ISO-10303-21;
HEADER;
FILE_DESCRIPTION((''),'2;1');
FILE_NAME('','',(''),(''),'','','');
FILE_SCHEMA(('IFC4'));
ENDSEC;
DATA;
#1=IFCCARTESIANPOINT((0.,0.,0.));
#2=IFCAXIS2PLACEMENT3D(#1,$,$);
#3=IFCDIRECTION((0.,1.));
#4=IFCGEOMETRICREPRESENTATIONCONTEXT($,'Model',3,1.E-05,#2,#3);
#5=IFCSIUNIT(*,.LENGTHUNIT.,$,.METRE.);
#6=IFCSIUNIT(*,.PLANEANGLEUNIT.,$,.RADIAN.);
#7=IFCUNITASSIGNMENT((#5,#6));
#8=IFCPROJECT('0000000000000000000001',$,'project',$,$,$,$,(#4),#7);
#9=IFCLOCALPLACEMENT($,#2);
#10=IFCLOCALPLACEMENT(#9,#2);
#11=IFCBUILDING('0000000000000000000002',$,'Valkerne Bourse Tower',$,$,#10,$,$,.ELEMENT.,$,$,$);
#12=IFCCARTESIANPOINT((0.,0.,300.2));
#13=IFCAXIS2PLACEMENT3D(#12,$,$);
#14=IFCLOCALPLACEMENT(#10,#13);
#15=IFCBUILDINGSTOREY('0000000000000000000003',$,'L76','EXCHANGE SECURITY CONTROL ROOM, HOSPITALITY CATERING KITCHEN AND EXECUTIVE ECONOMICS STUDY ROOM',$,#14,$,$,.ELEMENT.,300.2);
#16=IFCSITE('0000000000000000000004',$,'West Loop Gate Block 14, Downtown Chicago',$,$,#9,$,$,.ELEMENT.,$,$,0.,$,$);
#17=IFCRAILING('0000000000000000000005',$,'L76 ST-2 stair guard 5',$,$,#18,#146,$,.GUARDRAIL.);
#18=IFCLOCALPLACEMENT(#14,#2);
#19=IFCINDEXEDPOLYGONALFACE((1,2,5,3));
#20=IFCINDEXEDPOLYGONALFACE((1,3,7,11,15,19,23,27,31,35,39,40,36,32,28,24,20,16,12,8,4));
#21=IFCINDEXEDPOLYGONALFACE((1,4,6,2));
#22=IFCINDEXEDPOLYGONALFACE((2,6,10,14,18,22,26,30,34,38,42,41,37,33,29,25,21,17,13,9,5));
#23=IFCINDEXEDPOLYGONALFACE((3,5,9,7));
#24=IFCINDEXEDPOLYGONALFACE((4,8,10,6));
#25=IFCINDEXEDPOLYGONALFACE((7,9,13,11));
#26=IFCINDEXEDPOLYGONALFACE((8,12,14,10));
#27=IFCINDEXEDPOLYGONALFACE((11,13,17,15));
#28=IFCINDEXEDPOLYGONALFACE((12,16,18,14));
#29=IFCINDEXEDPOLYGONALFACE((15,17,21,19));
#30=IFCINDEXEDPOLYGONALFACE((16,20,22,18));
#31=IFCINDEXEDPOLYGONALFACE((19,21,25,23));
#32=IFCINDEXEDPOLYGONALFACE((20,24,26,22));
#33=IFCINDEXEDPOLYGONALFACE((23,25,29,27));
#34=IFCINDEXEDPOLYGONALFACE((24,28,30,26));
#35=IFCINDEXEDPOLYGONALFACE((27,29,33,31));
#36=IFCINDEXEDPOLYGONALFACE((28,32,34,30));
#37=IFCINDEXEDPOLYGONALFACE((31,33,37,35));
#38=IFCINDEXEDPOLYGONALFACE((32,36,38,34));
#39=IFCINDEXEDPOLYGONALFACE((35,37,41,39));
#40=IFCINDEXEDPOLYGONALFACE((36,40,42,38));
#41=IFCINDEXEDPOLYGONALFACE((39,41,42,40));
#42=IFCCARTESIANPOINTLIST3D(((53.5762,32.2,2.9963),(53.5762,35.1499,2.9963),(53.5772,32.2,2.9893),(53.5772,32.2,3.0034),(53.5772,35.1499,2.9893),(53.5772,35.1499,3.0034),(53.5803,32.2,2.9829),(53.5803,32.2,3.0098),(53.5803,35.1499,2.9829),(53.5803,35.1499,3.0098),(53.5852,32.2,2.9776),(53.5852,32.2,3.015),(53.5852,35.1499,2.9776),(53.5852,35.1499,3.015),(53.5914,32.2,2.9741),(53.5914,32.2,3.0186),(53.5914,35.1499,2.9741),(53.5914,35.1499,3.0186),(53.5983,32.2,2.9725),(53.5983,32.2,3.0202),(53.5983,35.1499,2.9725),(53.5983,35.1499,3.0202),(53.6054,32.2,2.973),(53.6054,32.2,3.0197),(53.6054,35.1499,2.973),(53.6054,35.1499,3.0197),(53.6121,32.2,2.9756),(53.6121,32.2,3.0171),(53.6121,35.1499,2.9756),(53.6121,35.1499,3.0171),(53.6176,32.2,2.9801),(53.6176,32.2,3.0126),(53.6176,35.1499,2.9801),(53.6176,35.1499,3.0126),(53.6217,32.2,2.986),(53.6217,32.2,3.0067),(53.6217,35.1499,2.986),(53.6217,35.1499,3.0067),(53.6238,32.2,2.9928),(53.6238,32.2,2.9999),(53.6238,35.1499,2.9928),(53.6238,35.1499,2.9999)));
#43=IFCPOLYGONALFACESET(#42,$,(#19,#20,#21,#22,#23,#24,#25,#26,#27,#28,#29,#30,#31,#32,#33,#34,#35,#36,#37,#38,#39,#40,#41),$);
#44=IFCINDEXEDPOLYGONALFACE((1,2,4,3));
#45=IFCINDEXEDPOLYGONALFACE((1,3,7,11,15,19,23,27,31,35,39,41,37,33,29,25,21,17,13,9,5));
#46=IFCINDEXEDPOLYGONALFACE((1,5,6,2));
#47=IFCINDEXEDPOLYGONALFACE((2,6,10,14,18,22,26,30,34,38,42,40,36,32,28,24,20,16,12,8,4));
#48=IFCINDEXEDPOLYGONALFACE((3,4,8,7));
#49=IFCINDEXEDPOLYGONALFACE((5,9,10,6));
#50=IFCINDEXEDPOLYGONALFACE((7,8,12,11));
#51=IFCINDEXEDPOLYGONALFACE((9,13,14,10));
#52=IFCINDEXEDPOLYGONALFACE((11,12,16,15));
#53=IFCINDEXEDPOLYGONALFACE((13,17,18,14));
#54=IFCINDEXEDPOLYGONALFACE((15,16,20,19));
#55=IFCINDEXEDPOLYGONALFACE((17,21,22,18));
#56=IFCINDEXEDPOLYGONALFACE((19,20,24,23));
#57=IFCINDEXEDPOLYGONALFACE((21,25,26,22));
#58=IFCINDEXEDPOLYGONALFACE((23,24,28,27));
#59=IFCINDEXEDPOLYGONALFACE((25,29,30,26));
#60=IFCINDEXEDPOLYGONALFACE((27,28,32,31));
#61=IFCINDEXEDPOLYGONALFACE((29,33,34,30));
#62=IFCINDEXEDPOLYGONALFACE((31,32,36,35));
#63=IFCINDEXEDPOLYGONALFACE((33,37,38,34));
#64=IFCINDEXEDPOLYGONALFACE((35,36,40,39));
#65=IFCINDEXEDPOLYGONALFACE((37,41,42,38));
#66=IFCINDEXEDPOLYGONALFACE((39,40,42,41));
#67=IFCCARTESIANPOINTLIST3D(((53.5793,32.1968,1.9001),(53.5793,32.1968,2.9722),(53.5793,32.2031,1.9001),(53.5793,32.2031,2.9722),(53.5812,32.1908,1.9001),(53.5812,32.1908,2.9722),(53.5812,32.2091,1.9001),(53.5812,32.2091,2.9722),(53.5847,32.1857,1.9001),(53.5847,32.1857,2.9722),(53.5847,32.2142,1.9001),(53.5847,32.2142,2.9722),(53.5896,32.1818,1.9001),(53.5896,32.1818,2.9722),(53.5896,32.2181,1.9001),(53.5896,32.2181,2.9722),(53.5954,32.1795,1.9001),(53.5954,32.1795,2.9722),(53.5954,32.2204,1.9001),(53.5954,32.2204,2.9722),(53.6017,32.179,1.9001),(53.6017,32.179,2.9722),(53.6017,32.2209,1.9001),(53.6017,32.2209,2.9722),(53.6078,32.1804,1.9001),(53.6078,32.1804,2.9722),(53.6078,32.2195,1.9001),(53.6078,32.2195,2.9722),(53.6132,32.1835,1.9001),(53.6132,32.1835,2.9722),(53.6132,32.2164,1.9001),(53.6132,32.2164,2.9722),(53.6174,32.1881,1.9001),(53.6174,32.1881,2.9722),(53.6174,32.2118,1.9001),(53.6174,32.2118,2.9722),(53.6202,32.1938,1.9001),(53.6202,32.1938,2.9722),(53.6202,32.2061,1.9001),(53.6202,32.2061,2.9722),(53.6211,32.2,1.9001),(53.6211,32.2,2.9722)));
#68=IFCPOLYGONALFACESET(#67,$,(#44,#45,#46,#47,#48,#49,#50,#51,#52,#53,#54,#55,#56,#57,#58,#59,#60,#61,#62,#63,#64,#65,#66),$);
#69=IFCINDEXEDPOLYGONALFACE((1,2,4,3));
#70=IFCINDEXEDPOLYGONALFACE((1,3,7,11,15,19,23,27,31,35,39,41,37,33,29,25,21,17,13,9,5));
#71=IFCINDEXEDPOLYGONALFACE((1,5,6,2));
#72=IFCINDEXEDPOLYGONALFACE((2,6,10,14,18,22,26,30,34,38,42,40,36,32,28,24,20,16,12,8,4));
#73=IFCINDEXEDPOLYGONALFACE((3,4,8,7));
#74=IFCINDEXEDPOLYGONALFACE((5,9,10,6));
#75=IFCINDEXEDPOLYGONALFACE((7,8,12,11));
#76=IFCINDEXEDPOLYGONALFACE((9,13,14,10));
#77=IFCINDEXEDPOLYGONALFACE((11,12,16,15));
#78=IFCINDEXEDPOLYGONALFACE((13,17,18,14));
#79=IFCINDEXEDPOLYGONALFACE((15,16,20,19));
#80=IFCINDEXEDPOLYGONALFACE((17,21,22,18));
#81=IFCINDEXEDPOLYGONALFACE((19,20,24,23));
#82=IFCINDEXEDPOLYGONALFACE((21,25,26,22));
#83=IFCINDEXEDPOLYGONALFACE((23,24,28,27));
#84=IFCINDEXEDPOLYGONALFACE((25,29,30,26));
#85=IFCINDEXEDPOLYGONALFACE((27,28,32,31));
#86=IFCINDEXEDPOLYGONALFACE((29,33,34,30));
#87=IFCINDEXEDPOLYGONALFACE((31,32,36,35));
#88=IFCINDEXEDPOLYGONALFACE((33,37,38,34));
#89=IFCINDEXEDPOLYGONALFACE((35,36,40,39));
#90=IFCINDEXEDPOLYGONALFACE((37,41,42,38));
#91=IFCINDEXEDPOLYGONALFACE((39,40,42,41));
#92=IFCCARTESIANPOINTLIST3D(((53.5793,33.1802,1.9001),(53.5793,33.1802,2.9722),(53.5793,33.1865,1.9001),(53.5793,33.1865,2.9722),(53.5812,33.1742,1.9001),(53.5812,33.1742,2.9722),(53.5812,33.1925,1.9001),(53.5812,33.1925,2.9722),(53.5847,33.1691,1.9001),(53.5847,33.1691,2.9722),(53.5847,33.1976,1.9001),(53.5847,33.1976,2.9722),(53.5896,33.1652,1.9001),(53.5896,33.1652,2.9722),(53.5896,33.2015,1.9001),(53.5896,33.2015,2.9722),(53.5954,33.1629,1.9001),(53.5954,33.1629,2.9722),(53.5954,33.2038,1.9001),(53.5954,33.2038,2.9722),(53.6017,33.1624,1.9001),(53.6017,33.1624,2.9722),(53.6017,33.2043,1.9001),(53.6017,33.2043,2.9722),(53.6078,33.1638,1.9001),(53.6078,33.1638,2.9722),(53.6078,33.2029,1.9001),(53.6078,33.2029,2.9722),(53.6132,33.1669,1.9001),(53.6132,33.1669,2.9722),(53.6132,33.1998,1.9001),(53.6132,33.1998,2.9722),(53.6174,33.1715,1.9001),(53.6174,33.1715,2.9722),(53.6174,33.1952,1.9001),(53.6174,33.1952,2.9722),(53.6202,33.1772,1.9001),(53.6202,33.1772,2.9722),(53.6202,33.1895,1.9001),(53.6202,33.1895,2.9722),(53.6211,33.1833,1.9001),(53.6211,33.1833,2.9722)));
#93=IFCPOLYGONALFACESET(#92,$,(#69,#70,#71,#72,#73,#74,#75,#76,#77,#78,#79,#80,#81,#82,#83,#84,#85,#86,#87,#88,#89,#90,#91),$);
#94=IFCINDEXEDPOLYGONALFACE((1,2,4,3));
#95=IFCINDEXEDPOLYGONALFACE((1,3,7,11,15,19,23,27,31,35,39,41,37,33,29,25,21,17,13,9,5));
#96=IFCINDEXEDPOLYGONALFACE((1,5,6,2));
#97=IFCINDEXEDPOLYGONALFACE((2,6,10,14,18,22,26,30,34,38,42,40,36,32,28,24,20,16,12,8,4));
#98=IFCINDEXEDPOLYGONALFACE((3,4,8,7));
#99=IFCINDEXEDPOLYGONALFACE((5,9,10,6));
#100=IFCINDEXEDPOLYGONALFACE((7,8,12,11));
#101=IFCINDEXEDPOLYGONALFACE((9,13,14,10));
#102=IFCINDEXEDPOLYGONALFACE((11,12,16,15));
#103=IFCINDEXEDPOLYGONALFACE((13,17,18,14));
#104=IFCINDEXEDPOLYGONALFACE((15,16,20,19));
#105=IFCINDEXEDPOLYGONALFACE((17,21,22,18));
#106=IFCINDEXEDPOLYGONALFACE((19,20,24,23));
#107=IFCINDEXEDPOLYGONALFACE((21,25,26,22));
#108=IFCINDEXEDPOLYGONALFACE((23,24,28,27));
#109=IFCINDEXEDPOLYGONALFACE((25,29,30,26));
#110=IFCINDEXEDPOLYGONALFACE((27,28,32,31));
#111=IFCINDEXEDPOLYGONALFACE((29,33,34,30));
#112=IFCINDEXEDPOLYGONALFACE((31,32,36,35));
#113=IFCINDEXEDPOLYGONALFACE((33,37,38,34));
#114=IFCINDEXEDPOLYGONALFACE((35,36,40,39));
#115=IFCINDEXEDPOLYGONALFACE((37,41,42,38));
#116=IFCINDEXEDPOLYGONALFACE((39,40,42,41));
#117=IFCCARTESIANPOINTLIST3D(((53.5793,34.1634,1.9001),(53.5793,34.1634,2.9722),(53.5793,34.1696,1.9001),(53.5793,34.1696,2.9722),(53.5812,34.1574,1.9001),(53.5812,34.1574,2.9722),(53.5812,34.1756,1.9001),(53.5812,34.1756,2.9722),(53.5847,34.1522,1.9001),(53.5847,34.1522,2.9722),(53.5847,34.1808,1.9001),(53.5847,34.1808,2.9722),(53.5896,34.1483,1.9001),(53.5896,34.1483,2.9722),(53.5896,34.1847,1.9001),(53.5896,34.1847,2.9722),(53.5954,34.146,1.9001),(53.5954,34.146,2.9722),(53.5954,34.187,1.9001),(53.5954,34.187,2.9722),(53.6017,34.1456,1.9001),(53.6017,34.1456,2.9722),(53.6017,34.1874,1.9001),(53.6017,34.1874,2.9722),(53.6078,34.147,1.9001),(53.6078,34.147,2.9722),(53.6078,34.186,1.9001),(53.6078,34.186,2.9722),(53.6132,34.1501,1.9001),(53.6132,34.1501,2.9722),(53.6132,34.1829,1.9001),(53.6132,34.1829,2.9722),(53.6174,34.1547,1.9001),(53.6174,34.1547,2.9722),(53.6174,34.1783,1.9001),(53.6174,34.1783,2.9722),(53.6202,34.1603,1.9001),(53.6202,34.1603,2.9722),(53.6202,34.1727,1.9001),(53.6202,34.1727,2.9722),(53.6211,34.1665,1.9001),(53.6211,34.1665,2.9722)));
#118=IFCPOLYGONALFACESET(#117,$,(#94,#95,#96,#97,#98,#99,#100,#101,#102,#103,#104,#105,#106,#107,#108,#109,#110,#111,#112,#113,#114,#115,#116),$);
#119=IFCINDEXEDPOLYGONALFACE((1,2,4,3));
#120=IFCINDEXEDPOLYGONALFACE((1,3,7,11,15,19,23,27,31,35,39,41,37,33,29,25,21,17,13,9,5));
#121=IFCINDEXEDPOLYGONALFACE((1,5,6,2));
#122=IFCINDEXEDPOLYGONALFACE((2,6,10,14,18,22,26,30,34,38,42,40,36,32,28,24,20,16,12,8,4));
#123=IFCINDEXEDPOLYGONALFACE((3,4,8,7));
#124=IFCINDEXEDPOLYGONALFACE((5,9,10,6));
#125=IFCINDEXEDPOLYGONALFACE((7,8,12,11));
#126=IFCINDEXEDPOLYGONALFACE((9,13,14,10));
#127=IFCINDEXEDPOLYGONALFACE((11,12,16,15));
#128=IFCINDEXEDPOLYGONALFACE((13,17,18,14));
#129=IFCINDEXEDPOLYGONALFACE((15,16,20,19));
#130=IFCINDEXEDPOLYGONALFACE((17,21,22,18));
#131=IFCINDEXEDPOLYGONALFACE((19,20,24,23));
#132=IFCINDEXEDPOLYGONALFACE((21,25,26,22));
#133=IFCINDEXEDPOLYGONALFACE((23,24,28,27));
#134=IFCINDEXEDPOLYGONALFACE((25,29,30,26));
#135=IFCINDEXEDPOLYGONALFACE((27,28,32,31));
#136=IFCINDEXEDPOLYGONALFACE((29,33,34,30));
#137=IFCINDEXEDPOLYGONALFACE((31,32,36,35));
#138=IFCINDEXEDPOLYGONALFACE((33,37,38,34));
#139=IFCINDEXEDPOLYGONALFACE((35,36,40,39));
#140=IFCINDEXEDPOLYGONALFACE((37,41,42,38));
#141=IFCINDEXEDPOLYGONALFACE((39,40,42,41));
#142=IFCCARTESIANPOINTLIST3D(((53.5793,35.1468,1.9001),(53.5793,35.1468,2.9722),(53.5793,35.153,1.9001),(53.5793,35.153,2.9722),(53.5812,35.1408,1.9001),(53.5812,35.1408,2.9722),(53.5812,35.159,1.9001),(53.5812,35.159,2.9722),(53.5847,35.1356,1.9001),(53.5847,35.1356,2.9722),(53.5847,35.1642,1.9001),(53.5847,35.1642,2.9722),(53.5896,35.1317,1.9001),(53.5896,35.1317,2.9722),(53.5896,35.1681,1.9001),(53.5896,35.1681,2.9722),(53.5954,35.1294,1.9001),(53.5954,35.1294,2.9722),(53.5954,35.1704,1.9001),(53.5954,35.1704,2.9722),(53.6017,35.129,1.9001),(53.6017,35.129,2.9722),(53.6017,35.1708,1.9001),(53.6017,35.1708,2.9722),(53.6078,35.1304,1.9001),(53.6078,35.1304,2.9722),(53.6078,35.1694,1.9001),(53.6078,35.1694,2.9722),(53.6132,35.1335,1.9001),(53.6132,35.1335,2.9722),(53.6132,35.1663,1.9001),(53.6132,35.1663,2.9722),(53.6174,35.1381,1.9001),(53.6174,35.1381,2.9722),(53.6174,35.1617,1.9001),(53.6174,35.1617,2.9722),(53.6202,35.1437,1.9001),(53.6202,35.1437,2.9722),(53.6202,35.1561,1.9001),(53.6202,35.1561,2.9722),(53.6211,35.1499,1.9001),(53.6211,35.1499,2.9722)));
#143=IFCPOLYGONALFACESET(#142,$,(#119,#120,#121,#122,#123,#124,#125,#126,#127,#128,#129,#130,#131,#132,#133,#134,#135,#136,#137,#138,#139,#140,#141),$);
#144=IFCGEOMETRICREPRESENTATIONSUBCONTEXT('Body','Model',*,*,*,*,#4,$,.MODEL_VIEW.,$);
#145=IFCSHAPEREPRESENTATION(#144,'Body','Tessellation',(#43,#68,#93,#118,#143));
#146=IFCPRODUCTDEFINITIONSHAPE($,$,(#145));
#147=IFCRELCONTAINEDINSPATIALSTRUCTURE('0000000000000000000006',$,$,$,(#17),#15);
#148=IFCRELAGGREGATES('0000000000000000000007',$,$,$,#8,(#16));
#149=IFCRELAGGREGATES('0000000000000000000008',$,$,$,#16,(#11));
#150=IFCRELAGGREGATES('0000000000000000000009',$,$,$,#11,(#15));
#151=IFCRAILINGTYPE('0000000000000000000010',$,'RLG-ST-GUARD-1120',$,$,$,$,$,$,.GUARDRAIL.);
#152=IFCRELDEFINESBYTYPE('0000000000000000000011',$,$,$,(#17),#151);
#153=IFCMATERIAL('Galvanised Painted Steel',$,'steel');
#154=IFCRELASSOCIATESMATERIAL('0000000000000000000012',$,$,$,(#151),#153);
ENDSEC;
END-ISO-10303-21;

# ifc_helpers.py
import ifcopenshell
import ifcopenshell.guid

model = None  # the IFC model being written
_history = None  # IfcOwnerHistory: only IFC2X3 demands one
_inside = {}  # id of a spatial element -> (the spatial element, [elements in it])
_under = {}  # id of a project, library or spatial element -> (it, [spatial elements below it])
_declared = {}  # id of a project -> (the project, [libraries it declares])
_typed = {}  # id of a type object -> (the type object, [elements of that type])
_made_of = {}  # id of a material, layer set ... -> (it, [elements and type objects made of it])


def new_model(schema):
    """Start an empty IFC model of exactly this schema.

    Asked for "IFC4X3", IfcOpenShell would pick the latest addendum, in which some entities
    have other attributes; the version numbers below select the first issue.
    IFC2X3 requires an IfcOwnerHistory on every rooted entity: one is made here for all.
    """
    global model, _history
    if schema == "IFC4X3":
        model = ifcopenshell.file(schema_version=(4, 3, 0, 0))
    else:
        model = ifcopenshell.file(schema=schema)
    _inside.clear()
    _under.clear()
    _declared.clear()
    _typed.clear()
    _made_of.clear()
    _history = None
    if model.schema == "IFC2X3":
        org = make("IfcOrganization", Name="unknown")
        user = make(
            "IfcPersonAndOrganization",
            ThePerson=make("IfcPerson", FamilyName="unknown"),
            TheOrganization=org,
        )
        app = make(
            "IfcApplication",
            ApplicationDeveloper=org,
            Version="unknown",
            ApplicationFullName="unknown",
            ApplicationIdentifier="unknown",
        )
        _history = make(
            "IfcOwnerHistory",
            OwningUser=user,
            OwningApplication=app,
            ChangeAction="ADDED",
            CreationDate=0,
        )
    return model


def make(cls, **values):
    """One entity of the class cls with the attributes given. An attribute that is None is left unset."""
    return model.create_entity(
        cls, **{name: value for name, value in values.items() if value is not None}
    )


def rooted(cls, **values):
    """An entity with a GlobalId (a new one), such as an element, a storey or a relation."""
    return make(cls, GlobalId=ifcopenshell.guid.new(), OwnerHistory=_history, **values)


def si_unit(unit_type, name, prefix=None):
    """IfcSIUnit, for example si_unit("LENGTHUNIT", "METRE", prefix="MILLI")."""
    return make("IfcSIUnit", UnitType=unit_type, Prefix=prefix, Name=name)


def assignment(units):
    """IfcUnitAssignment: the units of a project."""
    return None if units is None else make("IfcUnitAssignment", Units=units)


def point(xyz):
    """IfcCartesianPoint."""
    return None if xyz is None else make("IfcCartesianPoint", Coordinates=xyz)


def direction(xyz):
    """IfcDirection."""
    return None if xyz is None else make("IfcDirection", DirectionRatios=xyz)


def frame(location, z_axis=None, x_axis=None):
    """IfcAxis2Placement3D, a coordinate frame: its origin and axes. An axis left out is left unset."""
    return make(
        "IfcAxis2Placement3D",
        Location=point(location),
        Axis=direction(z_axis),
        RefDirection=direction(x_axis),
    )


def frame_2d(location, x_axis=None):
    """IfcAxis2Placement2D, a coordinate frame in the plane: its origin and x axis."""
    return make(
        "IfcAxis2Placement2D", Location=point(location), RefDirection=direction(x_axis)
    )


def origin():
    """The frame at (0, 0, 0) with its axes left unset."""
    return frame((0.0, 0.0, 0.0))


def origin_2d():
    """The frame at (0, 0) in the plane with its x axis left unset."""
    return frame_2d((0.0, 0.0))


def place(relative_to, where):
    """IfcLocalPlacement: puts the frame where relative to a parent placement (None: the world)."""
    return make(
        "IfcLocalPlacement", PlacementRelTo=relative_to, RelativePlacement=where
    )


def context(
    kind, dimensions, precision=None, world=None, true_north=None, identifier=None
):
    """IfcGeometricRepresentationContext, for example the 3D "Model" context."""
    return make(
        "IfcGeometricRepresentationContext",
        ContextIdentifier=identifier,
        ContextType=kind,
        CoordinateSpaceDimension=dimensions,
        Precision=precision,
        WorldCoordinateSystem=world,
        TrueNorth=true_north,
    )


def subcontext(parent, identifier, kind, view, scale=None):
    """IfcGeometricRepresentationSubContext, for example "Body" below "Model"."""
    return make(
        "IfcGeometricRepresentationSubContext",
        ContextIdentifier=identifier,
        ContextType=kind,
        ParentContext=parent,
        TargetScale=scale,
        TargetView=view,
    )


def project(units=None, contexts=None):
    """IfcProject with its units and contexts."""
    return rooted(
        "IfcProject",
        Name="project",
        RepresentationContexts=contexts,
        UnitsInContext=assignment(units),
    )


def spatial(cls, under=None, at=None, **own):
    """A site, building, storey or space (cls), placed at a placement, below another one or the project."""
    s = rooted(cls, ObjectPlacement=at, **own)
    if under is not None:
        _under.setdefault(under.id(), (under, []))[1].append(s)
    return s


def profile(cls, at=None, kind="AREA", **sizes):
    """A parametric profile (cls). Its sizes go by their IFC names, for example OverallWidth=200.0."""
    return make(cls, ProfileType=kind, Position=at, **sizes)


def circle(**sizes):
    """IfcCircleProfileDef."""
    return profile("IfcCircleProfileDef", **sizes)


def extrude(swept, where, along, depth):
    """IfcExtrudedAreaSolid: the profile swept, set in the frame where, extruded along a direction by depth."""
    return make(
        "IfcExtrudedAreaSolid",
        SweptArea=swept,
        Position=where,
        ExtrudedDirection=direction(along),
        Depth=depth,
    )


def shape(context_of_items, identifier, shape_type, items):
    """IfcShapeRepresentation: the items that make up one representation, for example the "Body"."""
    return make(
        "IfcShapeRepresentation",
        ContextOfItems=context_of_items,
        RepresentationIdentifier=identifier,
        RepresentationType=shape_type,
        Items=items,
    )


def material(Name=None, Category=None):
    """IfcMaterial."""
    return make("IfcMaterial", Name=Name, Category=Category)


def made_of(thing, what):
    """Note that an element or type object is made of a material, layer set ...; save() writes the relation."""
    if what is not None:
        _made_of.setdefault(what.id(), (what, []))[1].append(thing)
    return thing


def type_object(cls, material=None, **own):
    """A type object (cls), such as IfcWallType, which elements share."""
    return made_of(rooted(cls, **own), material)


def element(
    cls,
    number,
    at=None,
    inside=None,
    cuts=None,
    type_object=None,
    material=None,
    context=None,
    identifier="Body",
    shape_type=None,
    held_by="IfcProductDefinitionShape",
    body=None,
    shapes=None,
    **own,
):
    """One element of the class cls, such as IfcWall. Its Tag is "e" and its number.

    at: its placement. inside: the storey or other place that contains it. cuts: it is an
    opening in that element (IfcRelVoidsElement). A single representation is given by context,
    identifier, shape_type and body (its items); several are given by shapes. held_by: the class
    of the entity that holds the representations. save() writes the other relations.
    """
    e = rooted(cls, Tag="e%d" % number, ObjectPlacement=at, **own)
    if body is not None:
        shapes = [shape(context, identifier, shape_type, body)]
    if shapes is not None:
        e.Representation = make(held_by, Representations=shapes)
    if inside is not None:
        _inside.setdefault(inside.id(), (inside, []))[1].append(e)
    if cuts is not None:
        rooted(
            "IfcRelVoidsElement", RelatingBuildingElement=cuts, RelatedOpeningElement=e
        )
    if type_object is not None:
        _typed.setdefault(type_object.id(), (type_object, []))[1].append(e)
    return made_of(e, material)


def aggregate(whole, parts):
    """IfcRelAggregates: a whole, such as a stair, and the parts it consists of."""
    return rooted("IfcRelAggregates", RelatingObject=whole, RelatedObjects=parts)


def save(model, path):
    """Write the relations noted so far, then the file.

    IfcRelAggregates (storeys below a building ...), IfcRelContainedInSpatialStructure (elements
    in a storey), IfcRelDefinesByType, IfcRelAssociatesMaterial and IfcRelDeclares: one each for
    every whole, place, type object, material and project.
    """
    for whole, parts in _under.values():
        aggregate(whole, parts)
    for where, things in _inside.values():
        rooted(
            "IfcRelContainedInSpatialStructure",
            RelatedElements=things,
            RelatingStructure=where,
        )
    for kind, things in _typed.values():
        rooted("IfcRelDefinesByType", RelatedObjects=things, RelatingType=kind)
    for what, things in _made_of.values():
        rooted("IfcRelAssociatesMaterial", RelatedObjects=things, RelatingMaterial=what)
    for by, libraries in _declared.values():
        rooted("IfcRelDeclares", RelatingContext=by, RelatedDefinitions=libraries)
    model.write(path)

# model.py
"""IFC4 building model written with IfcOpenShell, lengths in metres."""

from ifc_helpers import new_model, si_unit, direction, frame, origin, origin_2d, place, context, subcontext, project, spatial, circle, extrude, material, type_object, element, save


model = new_model("IFC4")

# Units and contexts
model_context = context("Model", 3, precision=1e-05, world=origin(), true_north=direction((0.0, 1.0)))
body_context = subcontext(model_context, "Body", "Model", "MODEL_VIEW")
ifc_project = project(units=[si_unit("LENGTHUNIT", "METRE"), si_unit("PLANEANGLEUNIT", "RADIAN")], contexts=[model_context])

# Site, building, storey
site_placement = place(None, origin())
site = spatial("IfcSite", under=ifc_project, at=site_placement, Name="West Loop Gate Block 14, Downtown Chicago", CompositionType="ELEMENT", RefElevation=0.0)
building_placement = place(site_placement, origin())
building = spatial("IfcBuilding", under=site, at=building_placement, Name="Valkerne Bourse Tower", CompositionType="ELEMENT")
storey_placement = place(building_placement, frame((0.0, 0.0, 300.2)))
storey = spatial("IfcBuildingStorey", under=building, at=storey_placement, Name="L76", Description="EXCHANGE SECURITY CONTROL ROOM, HOSPITALITY CATERING KITCHEN AND EXECUTIVE ECONOMICS STUDY ROOM", CompositionType="ELEMENT", Elevation=300.2)

# Railing
ifc_material_1 = material(Name="Galvanised Painted Steel", Category="steel")
railing_type = type_object("IfcRailingType", Name="RLG-ST-GUARD-1120", PredefinedType="GUARDRAIL", material=ifc_material_1)
railing_placement = place(storey_placement, frame((53.6001, 32.2, 1.9001)))
element("IfcRailing", 1, at=railing_placement, inside=storey, type_object=railing_type, Name="L76 ST-2 stair guard 5", PredefinedType="GUARDRAIL", context=body_context, shape_type="SweptSolid", body=[
    extrude(circle(Radius=0.0239, at=origin_2d()), frame((0.0, 0.0, 1.0962), z_axis=(0.0, 1.0, 0.0), x_axis=(-1.0, 0.0, 0.0)), (0.0, 0.0, 1.0), 2.95),
    extrude(circle(Radius=0.021, at=origin_2d()), origin(), (0.0, 0.0, 1.0), 1.072),
    extrude(circle(Radius=0.021, at=origin_2d()), frame((0.0, 0.9834, 0.0)), (0.0, 0.0, 1.0), 1.072),
    extrude(circle(Radius=0.021, at=origin_2d()), frame((0.0, 1.9666, 0.0)), (0.0, 0.0, 1.0), 1.072),
    extrude(circle(Radius=0.021, at=origin_2d()), frame((0.0, 2.95, 0.0)), (0.0, 0.0, 1.0), 1.072),
])

save(model, "model.ifc")
